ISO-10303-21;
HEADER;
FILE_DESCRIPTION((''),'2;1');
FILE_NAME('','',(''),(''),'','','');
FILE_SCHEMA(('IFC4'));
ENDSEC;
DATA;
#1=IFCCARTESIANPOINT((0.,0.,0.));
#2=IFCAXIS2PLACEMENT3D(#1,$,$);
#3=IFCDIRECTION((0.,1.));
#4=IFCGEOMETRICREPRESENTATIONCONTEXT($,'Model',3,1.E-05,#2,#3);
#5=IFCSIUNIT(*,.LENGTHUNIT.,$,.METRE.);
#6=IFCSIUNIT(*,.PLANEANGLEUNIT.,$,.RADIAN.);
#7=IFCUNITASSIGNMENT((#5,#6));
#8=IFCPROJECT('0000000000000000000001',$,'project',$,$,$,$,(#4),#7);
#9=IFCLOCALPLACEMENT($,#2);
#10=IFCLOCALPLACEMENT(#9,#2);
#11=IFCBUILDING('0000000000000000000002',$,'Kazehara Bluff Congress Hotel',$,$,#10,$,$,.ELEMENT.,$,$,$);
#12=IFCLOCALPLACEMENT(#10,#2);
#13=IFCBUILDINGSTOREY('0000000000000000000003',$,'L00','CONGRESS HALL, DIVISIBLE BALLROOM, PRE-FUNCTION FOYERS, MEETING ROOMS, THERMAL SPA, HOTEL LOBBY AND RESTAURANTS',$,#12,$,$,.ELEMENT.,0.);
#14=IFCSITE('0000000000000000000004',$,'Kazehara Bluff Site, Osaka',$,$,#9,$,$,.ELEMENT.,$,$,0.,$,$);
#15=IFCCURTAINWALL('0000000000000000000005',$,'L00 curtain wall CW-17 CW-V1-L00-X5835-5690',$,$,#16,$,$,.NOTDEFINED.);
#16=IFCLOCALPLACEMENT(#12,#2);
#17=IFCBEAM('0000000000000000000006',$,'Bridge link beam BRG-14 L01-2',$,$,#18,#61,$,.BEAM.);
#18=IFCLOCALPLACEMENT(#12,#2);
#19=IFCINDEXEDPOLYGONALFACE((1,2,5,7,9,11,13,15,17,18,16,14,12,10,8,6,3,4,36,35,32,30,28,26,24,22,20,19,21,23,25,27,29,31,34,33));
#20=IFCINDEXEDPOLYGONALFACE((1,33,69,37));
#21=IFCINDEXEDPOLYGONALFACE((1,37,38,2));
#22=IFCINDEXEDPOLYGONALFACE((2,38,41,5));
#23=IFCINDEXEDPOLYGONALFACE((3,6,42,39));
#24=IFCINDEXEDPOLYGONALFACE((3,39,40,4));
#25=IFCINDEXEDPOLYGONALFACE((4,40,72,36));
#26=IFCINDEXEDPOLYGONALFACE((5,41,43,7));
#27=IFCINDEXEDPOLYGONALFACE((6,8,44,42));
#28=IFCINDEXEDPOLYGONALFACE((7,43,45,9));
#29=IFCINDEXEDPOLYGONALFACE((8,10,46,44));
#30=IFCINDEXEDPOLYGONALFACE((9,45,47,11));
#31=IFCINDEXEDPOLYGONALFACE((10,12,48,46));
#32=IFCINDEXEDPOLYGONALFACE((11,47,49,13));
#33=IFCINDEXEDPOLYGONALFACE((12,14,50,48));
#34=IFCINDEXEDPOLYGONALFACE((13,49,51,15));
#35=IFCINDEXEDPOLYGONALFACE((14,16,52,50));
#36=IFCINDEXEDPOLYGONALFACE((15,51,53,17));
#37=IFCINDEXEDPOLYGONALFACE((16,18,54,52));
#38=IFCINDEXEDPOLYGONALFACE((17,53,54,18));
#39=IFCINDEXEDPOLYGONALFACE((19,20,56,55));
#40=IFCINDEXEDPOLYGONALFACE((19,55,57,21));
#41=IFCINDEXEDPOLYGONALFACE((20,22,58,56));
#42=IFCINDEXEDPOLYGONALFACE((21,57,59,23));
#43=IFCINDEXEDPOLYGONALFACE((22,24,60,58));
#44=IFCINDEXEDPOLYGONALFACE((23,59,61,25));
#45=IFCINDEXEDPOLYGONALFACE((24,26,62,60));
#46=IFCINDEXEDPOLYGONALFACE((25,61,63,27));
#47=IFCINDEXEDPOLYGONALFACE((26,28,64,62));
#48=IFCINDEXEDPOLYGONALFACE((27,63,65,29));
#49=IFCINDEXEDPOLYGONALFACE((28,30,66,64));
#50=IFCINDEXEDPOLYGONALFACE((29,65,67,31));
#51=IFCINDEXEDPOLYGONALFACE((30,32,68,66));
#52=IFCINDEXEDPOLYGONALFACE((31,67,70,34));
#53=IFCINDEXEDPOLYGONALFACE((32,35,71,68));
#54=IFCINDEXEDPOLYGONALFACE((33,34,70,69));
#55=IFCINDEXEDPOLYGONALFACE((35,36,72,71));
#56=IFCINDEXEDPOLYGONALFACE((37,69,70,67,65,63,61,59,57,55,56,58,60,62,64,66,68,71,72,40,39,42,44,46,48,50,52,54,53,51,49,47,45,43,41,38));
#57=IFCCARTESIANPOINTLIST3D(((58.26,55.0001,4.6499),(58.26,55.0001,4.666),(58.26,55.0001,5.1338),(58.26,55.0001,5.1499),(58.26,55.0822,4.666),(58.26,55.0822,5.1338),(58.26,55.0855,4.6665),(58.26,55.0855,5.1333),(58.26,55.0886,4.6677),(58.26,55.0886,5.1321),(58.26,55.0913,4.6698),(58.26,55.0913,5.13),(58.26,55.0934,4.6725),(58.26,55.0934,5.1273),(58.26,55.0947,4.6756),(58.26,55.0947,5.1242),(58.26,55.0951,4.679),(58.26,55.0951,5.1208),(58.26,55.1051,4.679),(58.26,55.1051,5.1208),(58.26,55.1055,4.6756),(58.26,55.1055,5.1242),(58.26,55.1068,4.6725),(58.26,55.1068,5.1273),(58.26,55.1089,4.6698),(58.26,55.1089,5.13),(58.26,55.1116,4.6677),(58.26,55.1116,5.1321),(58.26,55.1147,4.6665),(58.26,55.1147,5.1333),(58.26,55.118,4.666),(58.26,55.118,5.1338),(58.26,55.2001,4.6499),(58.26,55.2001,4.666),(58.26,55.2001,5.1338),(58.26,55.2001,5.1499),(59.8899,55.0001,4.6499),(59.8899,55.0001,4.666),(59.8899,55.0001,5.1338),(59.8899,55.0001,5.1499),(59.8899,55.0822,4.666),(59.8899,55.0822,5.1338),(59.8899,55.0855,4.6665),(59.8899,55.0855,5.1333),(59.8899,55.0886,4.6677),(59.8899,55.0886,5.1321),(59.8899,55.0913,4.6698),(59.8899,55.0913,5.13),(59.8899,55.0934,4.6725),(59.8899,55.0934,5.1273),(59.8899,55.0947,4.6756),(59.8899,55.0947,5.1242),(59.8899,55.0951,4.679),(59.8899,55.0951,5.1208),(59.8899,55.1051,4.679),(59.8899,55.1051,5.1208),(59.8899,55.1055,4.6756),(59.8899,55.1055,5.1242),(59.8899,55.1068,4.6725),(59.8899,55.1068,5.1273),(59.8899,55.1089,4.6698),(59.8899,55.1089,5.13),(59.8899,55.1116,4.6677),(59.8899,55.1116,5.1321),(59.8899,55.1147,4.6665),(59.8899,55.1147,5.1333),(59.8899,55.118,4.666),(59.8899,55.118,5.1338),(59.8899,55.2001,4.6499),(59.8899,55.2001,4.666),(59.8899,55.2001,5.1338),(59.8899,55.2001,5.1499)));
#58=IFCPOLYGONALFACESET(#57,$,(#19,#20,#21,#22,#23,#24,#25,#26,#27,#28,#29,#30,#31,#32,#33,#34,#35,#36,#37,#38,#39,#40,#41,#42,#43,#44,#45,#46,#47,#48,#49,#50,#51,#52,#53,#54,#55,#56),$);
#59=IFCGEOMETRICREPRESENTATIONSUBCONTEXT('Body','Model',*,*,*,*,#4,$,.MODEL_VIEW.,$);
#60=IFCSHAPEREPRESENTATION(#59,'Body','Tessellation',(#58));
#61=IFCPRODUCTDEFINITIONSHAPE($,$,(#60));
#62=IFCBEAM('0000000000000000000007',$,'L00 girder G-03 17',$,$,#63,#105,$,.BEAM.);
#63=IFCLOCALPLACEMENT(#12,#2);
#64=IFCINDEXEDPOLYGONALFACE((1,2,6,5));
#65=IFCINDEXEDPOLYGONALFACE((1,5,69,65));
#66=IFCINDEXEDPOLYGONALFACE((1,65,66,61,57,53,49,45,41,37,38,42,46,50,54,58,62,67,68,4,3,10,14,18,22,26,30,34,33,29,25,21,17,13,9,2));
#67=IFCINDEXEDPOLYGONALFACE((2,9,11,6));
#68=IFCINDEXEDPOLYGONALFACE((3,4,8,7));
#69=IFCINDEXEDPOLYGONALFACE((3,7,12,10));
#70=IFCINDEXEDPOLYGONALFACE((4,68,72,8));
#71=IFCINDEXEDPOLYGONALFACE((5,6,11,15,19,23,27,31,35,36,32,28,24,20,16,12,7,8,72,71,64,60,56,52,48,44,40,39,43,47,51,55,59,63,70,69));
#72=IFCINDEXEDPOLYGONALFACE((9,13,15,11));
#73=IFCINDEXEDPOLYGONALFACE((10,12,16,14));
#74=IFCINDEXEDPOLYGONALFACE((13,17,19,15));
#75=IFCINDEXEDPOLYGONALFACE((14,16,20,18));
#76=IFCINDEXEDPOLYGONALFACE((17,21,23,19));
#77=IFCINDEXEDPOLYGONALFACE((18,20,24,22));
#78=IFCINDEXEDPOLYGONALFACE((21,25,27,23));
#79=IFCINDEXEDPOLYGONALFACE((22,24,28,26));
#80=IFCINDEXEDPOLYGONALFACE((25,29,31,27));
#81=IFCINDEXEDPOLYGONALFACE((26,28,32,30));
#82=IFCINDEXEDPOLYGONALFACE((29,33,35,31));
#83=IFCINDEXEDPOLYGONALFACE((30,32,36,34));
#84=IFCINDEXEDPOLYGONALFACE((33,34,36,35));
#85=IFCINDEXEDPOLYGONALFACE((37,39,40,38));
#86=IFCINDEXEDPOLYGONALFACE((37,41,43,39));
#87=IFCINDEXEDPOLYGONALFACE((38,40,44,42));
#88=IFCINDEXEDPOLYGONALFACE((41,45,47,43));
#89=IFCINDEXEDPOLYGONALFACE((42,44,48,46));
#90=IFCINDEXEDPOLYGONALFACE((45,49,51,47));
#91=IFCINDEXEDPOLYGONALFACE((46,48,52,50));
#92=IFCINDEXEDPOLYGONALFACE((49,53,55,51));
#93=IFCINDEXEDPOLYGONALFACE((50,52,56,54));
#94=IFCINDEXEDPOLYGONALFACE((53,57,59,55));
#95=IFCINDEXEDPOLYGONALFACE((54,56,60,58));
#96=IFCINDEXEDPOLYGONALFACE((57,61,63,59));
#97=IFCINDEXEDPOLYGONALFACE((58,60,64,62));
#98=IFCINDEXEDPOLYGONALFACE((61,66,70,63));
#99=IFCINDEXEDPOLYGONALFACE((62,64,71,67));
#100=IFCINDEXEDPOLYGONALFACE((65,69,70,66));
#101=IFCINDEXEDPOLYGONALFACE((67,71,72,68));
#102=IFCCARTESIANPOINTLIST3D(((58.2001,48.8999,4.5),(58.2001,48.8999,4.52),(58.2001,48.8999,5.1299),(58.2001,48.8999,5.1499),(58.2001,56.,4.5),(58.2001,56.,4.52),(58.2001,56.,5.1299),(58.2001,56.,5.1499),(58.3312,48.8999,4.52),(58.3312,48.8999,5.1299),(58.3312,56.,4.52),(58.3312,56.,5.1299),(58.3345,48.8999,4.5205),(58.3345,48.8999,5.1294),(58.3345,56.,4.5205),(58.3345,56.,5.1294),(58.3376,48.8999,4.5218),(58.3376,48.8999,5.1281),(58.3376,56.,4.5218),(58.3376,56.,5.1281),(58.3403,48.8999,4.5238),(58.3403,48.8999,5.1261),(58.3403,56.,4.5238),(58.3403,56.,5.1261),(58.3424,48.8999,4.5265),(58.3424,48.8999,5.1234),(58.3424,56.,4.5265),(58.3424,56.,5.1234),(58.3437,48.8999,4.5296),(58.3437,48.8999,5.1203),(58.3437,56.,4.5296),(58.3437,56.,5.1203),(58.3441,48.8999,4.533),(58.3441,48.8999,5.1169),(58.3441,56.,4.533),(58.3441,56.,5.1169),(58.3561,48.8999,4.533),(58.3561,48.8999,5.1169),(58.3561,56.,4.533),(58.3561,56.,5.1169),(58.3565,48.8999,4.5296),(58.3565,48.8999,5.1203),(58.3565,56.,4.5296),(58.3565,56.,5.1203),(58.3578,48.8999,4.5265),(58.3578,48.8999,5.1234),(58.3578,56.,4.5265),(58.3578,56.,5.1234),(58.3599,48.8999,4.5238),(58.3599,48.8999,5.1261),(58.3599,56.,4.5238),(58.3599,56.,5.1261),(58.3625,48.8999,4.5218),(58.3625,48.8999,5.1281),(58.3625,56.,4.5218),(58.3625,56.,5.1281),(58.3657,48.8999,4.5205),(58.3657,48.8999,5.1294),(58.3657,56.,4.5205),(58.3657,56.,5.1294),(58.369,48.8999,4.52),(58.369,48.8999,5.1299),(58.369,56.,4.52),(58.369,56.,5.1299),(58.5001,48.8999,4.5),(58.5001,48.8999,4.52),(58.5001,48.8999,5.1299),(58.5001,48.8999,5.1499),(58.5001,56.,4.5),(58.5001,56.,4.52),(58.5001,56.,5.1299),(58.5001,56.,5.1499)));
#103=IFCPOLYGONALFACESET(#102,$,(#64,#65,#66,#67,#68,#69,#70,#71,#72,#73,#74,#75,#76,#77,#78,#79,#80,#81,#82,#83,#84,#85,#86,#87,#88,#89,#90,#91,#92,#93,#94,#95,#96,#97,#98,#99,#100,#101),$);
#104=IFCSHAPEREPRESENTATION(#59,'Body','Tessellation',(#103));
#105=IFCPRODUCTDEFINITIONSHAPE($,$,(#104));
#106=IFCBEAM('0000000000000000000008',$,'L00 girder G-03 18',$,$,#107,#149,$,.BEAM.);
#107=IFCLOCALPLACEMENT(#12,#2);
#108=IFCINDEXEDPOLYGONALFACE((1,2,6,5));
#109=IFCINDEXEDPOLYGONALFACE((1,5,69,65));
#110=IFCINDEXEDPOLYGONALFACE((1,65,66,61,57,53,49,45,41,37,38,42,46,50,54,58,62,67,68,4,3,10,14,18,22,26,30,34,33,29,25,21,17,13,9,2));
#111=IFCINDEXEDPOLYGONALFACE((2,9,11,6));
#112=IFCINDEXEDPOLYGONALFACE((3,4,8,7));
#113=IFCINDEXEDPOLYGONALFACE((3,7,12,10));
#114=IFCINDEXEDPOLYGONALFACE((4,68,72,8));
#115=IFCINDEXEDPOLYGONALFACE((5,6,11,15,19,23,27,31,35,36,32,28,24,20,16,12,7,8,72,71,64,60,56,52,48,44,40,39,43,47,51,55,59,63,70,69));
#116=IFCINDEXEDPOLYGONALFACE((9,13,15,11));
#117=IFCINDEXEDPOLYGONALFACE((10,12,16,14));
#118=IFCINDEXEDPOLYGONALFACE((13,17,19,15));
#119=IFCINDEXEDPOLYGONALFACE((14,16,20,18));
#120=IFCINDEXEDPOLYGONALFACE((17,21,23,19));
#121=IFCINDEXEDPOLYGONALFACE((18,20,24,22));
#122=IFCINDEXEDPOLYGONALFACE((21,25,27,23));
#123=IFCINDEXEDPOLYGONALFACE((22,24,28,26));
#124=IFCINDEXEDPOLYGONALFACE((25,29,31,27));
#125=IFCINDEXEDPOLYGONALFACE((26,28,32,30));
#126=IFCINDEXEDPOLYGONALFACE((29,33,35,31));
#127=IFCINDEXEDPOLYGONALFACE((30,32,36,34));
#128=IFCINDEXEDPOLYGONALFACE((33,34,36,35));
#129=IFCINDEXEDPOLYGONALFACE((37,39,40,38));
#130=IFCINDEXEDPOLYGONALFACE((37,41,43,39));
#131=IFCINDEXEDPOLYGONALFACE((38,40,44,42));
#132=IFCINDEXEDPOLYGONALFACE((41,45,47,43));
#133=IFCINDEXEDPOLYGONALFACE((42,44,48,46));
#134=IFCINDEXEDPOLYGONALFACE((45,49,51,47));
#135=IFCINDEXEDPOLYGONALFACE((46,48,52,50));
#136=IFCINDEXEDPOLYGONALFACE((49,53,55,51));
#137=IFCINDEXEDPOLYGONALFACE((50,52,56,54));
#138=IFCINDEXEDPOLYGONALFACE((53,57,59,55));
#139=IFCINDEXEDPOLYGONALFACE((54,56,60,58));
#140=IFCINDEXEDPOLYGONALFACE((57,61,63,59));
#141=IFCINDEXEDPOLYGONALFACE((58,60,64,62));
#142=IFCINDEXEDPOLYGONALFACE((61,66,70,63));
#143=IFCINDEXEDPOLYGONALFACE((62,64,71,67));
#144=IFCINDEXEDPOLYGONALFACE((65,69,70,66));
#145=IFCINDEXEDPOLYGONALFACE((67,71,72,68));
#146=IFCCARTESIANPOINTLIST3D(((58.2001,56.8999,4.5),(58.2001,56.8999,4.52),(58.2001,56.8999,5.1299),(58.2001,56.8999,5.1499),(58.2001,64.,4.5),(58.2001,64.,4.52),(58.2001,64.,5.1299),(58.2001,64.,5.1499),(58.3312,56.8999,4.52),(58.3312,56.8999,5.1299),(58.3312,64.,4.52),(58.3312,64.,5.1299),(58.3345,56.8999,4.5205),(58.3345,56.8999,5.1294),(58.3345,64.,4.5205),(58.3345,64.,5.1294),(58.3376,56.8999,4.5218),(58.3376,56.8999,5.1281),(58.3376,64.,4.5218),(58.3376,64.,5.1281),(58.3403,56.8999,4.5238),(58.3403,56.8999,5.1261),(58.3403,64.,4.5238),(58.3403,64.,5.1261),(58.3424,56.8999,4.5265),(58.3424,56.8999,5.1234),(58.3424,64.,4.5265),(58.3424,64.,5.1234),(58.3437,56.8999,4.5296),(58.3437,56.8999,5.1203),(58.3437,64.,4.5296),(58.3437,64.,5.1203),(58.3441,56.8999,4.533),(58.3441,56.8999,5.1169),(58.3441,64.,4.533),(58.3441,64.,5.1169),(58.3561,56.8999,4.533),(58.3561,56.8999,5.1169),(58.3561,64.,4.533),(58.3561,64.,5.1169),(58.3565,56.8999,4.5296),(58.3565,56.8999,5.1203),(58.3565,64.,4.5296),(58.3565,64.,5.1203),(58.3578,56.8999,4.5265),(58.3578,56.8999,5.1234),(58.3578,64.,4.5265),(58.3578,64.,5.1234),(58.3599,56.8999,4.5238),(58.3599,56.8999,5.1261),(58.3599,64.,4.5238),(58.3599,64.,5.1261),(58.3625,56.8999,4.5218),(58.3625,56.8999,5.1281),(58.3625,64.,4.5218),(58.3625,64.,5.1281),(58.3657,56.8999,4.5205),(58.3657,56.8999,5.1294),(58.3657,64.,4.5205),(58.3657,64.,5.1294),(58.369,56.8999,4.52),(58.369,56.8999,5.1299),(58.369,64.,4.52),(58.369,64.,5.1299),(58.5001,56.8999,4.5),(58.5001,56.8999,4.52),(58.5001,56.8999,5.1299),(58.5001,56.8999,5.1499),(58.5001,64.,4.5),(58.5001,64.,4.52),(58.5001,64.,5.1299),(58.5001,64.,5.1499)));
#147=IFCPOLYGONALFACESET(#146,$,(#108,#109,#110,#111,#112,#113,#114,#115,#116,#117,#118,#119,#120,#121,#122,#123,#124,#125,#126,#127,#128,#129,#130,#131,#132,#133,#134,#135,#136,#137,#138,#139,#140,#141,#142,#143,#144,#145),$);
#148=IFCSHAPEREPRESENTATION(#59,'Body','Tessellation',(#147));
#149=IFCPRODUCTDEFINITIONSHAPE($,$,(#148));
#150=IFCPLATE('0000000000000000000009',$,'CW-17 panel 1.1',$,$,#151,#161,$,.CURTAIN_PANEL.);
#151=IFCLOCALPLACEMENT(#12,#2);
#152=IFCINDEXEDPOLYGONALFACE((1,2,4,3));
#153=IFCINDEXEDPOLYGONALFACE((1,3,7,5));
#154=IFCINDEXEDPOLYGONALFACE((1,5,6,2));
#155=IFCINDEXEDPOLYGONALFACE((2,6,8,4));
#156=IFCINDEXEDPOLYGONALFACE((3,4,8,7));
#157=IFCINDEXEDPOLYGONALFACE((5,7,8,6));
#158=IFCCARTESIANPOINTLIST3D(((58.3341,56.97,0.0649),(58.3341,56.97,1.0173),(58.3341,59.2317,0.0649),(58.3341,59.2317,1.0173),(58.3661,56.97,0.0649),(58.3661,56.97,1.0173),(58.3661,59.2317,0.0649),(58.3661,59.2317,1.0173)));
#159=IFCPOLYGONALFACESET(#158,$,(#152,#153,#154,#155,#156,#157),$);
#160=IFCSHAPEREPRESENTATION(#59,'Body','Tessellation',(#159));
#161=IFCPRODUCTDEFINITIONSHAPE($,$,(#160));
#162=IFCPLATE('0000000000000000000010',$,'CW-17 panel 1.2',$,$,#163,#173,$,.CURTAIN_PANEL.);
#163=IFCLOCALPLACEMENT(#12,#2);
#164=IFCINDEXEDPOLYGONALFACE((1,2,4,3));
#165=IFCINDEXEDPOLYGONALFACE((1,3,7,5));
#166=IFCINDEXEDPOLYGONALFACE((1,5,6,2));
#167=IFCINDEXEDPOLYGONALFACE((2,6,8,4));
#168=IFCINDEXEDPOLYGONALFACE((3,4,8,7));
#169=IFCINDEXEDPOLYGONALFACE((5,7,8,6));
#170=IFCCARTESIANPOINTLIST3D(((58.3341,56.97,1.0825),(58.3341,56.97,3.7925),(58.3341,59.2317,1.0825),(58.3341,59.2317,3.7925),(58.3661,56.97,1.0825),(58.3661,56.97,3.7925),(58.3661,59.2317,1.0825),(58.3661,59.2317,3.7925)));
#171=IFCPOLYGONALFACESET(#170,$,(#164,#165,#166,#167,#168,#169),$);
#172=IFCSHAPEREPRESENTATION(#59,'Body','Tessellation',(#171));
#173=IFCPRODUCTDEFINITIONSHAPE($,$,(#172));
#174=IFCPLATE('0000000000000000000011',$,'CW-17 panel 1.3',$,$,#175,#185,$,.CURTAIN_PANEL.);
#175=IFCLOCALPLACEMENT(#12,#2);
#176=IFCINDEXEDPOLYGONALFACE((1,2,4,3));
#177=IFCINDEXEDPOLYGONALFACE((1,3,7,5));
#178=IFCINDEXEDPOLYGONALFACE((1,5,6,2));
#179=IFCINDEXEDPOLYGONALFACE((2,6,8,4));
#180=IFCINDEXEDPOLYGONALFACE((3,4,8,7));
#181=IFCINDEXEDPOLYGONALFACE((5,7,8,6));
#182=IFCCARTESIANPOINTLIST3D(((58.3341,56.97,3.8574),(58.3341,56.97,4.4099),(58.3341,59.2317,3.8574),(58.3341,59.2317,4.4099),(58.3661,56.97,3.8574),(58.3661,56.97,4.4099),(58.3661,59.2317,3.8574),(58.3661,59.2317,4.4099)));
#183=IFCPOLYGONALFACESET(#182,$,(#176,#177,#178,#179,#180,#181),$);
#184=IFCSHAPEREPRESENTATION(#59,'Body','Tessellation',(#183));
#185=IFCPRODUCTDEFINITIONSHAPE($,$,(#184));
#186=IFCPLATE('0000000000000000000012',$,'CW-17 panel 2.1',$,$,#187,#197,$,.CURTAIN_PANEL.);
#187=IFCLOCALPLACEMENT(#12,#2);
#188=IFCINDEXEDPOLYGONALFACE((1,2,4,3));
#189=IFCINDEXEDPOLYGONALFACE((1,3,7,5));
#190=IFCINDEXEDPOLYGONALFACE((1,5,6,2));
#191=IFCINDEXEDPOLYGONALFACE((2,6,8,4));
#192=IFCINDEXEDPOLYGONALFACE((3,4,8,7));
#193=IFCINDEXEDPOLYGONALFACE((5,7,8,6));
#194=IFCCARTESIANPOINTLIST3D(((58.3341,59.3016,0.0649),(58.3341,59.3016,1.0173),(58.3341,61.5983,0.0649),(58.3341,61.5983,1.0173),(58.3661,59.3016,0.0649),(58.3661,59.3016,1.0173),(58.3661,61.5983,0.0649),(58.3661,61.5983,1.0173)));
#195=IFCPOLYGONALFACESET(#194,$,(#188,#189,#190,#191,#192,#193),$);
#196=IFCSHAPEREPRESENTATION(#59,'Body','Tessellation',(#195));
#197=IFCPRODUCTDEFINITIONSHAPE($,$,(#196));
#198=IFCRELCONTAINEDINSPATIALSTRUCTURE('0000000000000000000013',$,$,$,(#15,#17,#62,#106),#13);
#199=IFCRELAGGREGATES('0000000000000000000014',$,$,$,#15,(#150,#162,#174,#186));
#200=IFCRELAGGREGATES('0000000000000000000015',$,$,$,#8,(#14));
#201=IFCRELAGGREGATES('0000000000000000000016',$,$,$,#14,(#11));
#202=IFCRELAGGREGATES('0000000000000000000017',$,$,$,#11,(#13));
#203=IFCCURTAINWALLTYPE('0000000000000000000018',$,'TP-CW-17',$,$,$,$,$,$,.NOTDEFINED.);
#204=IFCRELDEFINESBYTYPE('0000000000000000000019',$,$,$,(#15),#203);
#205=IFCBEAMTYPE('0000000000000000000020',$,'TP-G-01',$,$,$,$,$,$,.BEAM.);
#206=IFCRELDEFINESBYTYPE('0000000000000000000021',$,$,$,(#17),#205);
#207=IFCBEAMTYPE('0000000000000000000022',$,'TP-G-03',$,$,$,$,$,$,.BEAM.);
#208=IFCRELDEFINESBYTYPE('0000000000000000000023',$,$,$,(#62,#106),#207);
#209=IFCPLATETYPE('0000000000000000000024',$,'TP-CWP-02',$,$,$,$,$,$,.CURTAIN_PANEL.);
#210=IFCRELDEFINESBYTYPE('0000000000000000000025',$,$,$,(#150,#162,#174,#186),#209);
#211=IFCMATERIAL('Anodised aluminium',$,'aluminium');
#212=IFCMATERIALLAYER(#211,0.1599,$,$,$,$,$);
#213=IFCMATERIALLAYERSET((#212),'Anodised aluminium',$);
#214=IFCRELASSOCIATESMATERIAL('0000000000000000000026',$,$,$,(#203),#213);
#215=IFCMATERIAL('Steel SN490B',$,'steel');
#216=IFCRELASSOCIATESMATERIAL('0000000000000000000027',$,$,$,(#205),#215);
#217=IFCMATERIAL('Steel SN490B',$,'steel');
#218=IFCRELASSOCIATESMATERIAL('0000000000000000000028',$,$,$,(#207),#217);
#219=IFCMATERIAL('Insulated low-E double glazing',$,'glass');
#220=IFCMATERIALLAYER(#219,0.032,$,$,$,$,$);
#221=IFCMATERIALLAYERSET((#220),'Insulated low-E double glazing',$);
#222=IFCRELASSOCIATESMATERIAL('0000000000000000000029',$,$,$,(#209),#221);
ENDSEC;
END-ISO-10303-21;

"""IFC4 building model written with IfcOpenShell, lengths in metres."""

from ifc_helpers import new_model, si_unit, direction, frame, origin, origin_2d, place, context, subcontext, project, spatial, rectangle, i_section, extrude, material, layer, layer_set, material_profile, profile_set, type_object, element, aggregate, save


model = new_model("IFC4")

# Units and contexts
model_context = context("Model", 3, precision=1e-05, world=origin(), true_north=direction((0.0, 1.0)))
body_context = subcontext(model_context, "Body", "Model", "MODEL_VIEW")
ifc_project = project(units=[si_unit("LENGTHUNIT", "METRE"), si_unit("PLANEANGLEUNIT", "RADIAN")], contexts=[model_context])

# Site, building, storey
site_placement = place(None, origin())
site = spatial("IfcSite", under=ifc_project, at=site_placement, Name="Kazehara Bluff Site, Osaka", CompositionType="ELEMENT", RefElevation=0.0)
building_placement = place(site_placement, origin())
building = spatial("IfcBuilding", under=site, at=building_placement, Name="Kazehara Bluff Congress Hotel", CompositionType="ELEMENT")
storey_placement = place(building_placement, origin())
storey = spatial("IfcBuildingStorey", under=building, at=storey_placement, Name="L00", Description="CONGRESS HALL, DIVISIBLE BALLROOM, PRE-FUNCTION FOYERS, MEETING ROOMS, THERMAL SPA, HOTEL LOBBY AND RESTAURANTS", CompositionType="ELEMENT", Elevation=0.0)

# Curtain wall
ifc_material_1 = material(Name="Anodised aluminium", Category="aluminium")
ifc_layer_1 = layer(ifc_material_1, 0.1599)
ifc_layer_set_1 = layer_set([ifc_layer_1], Name="Anodised aluminium")
curtain_wall_type_1 = type_object("IfcCurtainWallType", Name="TP-CW-17", PredefinedType="NOTDEFINED", material=ifc_layer_set_1)
curtain_wall_1_placement = place(storey_placement, origin())
curtain_wall_1 = element("IfcCurtainWall", 1, at=curtain_wall_1_placement, inside=storey, type_object=curtain_wall_type_1, Name="L00 curtain wall CW-17 CW-V1-L00-X5835-5690", PredefinedType="NOTDEFINED")

# Beams
ifc_material_2 = material(Name="Steel SN490B", Category="steel")
ifc_material_profile_1 = material_profile(ifc_material_2, i_section(OverallWidth=0.2, OverallDepth=0.5, WebThickness=0.01, FlangeThickness=0.0161, FilletRadius=0.0129, at=origin_2d()))
ifc_profile_set_1 = profile_set([ifc_material_profile_1], Name="Steel SN490B")
beam_type_1 = type_object("IfcBeamType", Name="TP-G-01", PredefinedType="BEAM", material=ifc_profile_set_1)
for number, where, z_axis, x_axis, name in (
    (2, (58.26, 55.1001, 4.8999), (1.0, 0.0, 0.0), (0.0, 1.0, 0.0), "Bridge link beam BRG-14 L01-2"),
):
    element("IfcBeam", number, at=place(storey_placement, frame(where, z_axis=z_axis, x_axis=x_axis)), inside=storey, type_object=beam_type_1, Name=name, PredefinedType="BEAM", context=body_context, shape_type="SweptSolid", body=[
        extrude(i_section(OverallWidth=0.2, OverallDepth=0.5, WebThickness=0.01, FlangeThickness=0.0161, FilletRadius=0.0129, at=origin_2d()), origin(), (0.0, 0.0, 1.0), 1.6299),
    ])
ifc_material_3 = material(Name="Steel SN490B", Category="steel")
ifc_material_profile_2 = material_profile(ifc_material_3, i_section(OverallWidth=0.3, OverallDepth=0.6499, WebThickness=0.012, FlangeThickness=0.02, FilletRadius=0.0129, at=origin_2d()))
ifc_profile_set_2 = profile_set([ifc_material_profile_2], Name="Steel SN490B")
beam_type_2 = type_object("IfcBeamType", Name="TP-G-03", PredefinedType="BEAM", material=ifc_profile_set_2)
for number, where, z_axis, x_axis, name in (
    (3, (58.3501, 48.8999, 4.825), (0.0, 1.0, 0.0), (-1.0, 0.0, 0.0), "L00 girder G-03 17"),
    (4, (58.3501, 56.8999, 4.825), (0.0, 1.0, 0.0), (-1.0, 0.0, 0.0), "L00 girder G-03 18"),
):
    element("IfcBeam", number, at=place(storey_placement, frame(where, z_axis=z_axis, x_axis=x_axis)), inside=storey, type_object=beam_type_2, Name=name, PredefinedType="BEAM", context=body_context, shape_type="SweptSolid", body=[
        extrude(i_section(OverallWidth=0.3, OverallDepth=0.6499, WebThickness=0.012, FlangeThickness=0.02, FilletRadius=0.0129, at=origin_2d()), origin(), (0.0, 0.0, 1.0), 7.1001),
    ])

# Plates
ifc_material_4 = material(Name="Insulated low-E double glazing", Category="glass")
ifc_layer_2 = layer(ifc_material_4, 0.032)
ifc_layer_set_2 = layer_set([ifc_layer_2], Name="Insulated low-E double glazing")
plate_type_1 = type_object("IfcPlateType", Name="TP-CWP-02", PredefinedType="CURTAIN_PANEL", material=ifc_layer_set_2)
plate_1_placement = place(storey_placement, frame((58.3501, 58.1008, 0.0649), z_axis=(0.0, 0.0, 1.0), x_axis=(0.0, 1.0, 0.0)))
plate_1 = element("IfcPlate", 5, at=plate_1_placement, type_object=plate_type_1, Name="CW-17 panel 1.1", PredefinedType="CURTAIN_PANEL", context=body_context, shape_type="SweptSolid", body=[
    extrude(rectangle(XDim=2.2617, YDim=0.032, at=origin_2d()), origin(), (0.0, 0.0, 1.0), 0.9524),
])
plate_2_placement = place(storey_placement, frame((58.3501, 58.1008, 1.0825), z_axis=(0.0, 0.0, 1.0), x_axis=(0.0, 1.0, 0.0)))
plate_2 = element("IfcPlate", 6, at=plate_2_placement, type_object=plate_type_1, Name="CW-17 panel 1.2", PredefinedType="CURTAIN_PANEL", context=body_context, shape_type="SweptSolid", body=[
    extrude(rectangle(XDim=2.2617, YDim=0.032, at=origin_2d()), origin(), (0.0, 0.0, 1.0), 2.71),
])
plate_3_placement = place(storey_placement, frame((58.3501, 58.1008, 3.8574), z_axis=(0.0, 0.0, 1.0), x_axis=(0.0, 1.0, 0.0)))
plate_3 = element("IfcPlate", 7, at=plate_3_placement, type_object=plate_type_1, Name="CW-17 panel 1.3", PredefinedType="CURTAIN_PANEL", context=body_context, shape_type="SweptSolid", body=[
    extrude(rectangle(XDim=2.2617, YDim=0.032, at=origin_2d()), origin(), (0.0, 0.0, 1.0), 0.5525),
])
plate_4_placement = place(storey_placement, frame((58.3501, 60.45, 0.0649), z_axis=(0.0, 0.0, 1.0), x_axis=(0.0, 1.0, 0.0)))
plate_4 = element("IfcPlate", 8, at=plate_4_placement, type_object=plate_type_1, Name="CW-17 panel 2.1", PredefinedType="CURTAIN_PANEL", context=body_context, shape_type="SweptSolid", body=[
    extrude(rectangle(XDim=2.2966, YDim=0.032, at=origin_2d()), origin(), (0.0, 0.0, 1.0), 0.9524),
])
aggregate(curtain_wall_1, [plate_1, plate_2, plate_3, plate_4])

save(model, "model.ifc")
